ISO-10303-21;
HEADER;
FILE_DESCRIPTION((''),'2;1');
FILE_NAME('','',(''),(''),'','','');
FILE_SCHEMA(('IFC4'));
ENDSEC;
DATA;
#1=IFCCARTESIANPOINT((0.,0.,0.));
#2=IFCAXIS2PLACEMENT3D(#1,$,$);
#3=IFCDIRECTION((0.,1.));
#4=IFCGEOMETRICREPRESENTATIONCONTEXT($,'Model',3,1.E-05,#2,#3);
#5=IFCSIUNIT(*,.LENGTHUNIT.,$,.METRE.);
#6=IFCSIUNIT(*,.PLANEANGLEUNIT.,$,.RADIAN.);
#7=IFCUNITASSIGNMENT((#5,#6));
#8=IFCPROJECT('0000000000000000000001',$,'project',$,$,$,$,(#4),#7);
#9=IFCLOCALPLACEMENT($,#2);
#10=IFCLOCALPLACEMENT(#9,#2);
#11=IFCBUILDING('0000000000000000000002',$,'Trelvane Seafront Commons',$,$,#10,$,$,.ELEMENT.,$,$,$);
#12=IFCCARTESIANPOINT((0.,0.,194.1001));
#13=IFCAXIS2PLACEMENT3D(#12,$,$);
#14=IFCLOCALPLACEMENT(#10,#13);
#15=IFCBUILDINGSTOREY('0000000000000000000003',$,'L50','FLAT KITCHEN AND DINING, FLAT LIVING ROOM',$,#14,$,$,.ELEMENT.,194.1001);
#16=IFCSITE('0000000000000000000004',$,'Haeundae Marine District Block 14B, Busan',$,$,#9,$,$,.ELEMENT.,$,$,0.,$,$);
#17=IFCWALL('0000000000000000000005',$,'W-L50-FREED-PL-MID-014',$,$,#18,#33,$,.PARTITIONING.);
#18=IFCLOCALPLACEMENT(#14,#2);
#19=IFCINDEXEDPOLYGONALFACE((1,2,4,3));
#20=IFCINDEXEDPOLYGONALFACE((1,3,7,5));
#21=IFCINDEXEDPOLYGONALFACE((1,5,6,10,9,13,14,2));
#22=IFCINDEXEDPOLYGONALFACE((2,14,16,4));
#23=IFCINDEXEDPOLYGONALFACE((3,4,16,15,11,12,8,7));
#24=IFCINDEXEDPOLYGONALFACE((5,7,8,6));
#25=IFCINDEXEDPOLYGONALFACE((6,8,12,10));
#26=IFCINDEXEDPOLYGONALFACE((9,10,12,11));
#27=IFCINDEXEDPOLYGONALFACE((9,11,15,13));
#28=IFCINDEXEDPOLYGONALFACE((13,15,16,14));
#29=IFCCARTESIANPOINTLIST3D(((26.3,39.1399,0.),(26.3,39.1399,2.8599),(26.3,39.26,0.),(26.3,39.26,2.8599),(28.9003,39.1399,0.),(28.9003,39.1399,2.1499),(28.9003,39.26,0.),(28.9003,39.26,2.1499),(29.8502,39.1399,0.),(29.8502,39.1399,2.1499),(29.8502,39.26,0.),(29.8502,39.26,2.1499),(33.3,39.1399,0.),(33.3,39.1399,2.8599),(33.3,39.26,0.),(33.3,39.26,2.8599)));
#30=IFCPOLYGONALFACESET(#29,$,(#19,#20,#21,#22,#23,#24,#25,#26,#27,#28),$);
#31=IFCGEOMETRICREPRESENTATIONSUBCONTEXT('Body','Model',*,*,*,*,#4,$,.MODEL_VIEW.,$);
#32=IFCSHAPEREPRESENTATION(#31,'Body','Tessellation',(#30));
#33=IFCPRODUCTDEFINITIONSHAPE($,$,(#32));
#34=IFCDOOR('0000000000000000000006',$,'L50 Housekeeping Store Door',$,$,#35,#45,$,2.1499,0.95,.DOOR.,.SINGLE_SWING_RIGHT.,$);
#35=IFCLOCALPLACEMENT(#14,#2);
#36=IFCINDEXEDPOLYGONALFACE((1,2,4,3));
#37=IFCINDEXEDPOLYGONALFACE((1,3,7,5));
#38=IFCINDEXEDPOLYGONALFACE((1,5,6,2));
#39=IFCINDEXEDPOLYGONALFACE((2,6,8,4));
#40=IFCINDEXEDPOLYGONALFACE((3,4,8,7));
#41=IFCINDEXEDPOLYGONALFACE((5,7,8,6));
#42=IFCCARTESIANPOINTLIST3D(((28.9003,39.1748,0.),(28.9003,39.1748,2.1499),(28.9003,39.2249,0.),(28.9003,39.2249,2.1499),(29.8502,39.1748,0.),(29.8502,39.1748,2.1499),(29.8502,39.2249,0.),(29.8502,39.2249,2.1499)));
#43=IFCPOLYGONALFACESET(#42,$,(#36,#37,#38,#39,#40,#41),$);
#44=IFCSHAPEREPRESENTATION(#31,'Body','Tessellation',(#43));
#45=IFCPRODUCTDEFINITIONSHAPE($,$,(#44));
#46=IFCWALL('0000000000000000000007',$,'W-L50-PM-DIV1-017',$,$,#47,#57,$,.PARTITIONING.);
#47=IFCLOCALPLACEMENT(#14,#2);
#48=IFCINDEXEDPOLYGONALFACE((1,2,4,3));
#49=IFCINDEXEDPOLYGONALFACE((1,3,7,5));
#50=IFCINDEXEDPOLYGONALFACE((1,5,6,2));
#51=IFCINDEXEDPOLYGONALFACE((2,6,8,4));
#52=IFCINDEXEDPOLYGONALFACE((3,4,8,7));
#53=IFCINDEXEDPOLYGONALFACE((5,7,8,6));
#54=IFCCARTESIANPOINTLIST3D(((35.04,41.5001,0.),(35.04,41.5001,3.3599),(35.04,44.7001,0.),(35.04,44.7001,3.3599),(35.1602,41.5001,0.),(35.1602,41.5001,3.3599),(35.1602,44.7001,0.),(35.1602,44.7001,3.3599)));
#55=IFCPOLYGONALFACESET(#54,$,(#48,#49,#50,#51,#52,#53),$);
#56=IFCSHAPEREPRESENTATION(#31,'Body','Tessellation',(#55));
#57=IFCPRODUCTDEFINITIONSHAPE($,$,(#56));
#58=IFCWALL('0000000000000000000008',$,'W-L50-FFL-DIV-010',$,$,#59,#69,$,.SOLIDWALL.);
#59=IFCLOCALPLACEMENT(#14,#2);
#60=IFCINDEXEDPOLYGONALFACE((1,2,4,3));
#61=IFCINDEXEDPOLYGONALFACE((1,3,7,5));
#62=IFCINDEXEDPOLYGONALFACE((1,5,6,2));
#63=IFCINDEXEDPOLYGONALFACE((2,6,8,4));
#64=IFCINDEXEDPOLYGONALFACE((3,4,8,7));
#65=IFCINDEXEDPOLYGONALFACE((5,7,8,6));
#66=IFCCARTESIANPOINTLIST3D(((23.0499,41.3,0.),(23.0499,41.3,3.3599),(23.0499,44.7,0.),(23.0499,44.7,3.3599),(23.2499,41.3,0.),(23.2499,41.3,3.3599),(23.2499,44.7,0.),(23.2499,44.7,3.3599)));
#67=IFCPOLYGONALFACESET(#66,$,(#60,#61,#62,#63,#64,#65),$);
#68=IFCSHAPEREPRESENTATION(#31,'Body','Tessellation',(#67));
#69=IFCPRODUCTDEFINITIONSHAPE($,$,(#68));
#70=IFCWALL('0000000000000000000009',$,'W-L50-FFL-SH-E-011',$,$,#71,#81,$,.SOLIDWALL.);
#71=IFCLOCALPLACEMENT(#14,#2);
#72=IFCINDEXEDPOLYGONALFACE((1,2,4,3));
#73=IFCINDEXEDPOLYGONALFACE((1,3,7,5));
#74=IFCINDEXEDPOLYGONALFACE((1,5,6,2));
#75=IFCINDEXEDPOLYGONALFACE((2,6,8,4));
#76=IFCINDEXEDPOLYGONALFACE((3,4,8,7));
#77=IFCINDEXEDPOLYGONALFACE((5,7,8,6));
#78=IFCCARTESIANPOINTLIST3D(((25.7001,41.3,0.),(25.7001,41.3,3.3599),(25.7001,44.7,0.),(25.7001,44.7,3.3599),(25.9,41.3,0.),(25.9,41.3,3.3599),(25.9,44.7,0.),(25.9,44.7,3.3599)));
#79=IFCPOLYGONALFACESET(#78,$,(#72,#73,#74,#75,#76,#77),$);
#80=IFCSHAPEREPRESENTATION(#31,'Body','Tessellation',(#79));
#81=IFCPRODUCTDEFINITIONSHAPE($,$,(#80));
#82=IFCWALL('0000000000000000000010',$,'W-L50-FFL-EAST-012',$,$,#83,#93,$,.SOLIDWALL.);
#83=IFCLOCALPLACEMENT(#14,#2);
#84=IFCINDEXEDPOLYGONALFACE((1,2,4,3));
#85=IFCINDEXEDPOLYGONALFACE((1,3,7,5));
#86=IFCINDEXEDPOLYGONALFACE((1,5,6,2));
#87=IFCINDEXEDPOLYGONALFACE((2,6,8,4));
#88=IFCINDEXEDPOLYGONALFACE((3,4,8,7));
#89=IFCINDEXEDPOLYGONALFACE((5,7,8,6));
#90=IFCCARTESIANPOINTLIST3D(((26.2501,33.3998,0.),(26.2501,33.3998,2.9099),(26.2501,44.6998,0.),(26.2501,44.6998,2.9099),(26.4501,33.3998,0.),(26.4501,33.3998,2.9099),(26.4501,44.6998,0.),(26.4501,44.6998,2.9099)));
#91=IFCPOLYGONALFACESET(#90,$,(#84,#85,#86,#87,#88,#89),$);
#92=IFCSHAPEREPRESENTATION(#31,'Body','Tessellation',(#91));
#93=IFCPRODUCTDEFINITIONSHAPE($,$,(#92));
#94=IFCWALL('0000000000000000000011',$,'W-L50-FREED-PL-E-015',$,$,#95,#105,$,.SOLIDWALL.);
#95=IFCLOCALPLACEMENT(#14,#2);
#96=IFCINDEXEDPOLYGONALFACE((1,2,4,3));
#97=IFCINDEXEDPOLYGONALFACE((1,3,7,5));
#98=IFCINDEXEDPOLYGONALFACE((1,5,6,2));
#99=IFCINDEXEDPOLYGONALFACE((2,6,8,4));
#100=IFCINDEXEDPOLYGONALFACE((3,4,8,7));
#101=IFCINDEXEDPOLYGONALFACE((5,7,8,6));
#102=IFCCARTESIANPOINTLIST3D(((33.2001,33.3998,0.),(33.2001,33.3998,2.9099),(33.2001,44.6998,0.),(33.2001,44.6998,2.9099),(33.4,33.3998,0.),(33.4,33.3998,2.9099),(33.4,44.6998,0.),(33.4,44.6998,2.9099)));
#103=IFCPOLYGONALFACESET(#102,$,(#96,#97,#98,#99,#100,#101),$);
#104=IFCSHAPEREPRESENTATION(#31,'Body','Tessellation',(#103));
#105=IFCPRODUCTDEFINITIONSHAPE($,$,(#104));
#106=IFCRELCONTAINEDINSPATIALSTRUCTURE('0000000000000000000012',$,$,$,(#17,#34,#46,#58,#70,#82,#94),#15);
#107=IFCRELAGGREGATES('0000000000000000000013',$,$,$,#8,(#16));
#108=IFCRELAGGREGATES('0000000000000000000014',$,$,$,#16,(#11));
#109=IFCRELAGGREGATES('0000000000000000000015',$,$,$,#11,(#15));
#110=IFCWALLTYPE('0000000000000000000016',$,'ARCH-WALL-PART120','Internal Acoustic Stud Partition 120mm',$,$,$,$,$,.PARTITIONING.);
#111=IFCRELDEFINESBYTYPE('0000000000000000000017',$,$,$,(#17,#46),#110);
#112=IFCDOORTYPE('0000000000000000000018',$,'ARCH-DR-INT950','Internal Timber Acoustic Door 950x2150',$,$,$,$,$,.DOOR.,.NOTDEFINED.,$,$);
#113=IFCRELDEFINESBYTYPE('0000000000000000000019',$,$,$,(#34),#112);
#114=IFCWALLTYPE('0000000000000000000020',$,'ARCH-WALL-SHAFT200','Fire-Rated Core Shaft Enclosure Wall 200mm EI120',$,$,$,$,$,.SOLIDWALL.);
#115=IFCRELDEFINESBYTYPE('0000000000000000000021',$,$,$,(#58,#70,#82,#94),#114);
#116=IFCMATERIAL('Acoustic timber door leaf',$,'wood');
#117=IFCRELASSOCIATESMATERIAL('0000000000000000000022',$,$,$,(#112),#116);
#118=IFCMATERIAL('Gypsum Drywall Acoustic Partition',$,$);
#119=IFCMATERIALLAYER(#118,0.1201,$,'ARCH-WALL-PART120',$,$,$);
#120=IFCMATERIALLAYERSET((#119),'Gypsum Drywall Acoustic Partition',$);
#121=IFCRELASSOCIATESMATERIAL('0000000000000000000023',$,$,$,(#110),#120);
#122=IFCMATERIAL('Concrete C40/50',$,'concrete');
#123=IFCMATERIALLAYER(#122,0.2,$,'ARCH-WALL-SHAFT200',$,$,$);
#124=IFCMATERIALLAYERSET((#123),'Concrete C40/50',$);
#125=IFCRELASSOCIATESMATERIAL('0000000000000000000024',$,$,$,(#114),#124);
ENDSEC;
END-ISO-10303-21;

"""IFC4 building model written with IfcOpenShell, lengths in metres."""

from ifc_helpers import new_model, si_unit, direction, frame, frame_2d, origin, place, context, subcontext, project, spatial, rectangle, extrude, source, transform, mapped, material, layer, layer_set, type_object, element, fill, save


model = new_model("IFC4")

# Units and contexts
model_context = context("Model", 3, precision=1e-05, world=origin(), true_north=direction((0.0, 1.0)))
body_context = subcontext(model_context, "Body", "Model", "MODEL_VIEW")
ifc_project = project(units=[si_unit("LENGTHUNIT", "METRE"), si_unit("PLANEANGLEUNIT", "RADIAN")], contexts=[model_context])

# Site, building, storey
site_placement = place(None, origin())
site = spatial("IfcSite", under=ifc_project, at=site_placement, Name="Haeundae Marine District Block 14B, Busan", CompositionType="ELEMENT", RefElevation=0.0)
building_placement = place(site_placement, origin())
building = spatial("IfcBuilding", under=site, at=building_placement, Name="Trelvane Seafront Commons", CompositionType="ELEMENT")
storey_placement = place(building_placement, frame((0.0, 0.0, 194.1001)))
storey = spatial("IfcBuildingStorey", under=building, at=storey_placement, Name="L50", Description="FLAT KITCHEN AND DINING, FLAT LIVING ROOM", CompositionType="ELEMENT", Elevation=194.1001)

# Wall, opening, door
ifc_material_1 = material(Name="Concrete C40/50", Category="concrete")
ifc_material_2 = material(Name="Acoustic timber door leaf", Category="wood")
door_type_1 = type_object("IfcDoorType", Name="ARCH-DR-INT950", Description="Internal Timber Acoustic Door 950x2150", OperationType="NOTDEFINED", PredefinedType="DOOR", material=ifc_material_2)
shared_shape_1 = source(origin(), body_context, "Body", "SweptSolid", [
    extrude(rectangle(XDim=0.95, YDim=2.1499, at=frame_2d((0.4751, 1.075))), frame((0.0, 0.0249, 0.0), z_axis=(0.0, -1.0, 0.0), x_axis=(1.0, 0.0, 0.0)), (0.0, 0.0, 1.0), 0.05),
])
ifc_material_3 = material(Name="Gypsum Drywall Acoustic Partition")
ifc_layer_1 = layer(ifc_material_3, 0.1201, Name="ARCH-WALL-PART120")
ifc_layer_set_1 = layer_set([ifc_layer_1], Name="Gypsum Drywall Acoustic Partition")
wall_type_1 = type_object("IfcWallType", Name="ARCH-WALL-PART120", Description="Internal Acoustic Stud Partition 120mm", PredefinedType="PARTITIONING", material=ifc_layer_set_1)
wall_1_placement = place(storey_placement, frame((26.3, 39.2, 0.0), z_axis=(0.0, 0.0, 1.0), x_axis=(1.0, 0.0, 0.0)))
wall_1 = element("IfcWall", 1, at=wall_1_placement, inside=storey, type_object=wall_type_1, Name="W-L50-FREED-PL-MID-014", PredefinedType="PARTITIONING", context=body_context, shape_type="SweptSolid", body=[
    extrude(rectangle(XDim=7.0, YDim=0.1201, at=frame_2d((3.5, 0.0))), origin(), (0.0, 0.0, 1.0), 2.8599),
])
opening_1_placement = place(wall_1_placement, frame((2.6001, 0.0, 0.0)))
opening_1 = element("IfcOpeningElement", 2, at=opening_1_placement, cuts=wall_1, PredefinedType="OPENING", context=body_context, shape_type="SweptSolid", body=[
    extrude(rectangle(XDim=0.95, YDim=2.1499, at=frame_2d((0.4751, 1.075))), frame((0.0, 0.0701, 0.0), z_axis=(0.0, -1.0, 0.0), x_axis=(1.0, 0.0, 0.0)), (0.0, 0.0, 1.0), 0.1401),
])
door_1_placement = place(opening_1_placement, origin())
door_1 = element("IfcDoor", 3, at=door_1_placement, inside=storey, type_object=door_type_1, Name="L50 Housekeeping Store Door", OperationType="SINGLE_SWING_RIGHT", OverallHeight=2.1499, OverallWidth=0.95, PredefinedType="DOOR", context=body_context, shape_type="MappedRepresentation", body=[
    mapped(shared_shape_1, transform((0.0, 0.0, 0.0), x_axis=(1.0, 0.0, 0.0), y_axis=(0.0, 1.0, 0.0), z_axis=(0.0, 0.0, 1.0), scale=1.0)),
])
fill(opening_1, door_1)

# Walls
wall_2_placement = place(storey_placement, frame((35.1001, 41.5, 0.0), z_axis=(0.0, 0.0, 1.0), x_axis=(0.0, 1.0, 0.0)))
element("IfcWall", 4, at=wall_2_placement, inside=storey, type_object=wall_type_1, Name="W-L50-PM-DIV1-017", PredefinedType="PARTITIONING", context=body_context, shape_type="SweptSolid", body=[
    extrude(rectangle(XDim=3.2, YDim=0.1201, at=frame_2d((1.6001, 0.0))), origin(), (0.0, 0.0, 1.0), 3.3599),
])
ifc_layer_2 = layer(ifc_material_1, 0.2, Name="ARCH-WALL-SHAFT200")
ifc_layer_set_2 = layer_set([ifc_layer_2], Name="Concrete C40/50")
wall_type_2 = type_object("IfcWallType", Name="ARCH-WALL-SHAFT200", Description="Fire-Rated Core Shaft Enclosure Wall 200mm EI120", PredefinedType="SOLIDWALL", material=ifc_layer_set_2)
for number, where, z_axis, x_axis, name in (
    (5, (23.1499, 41.3, 0.0), (0.0, 0.0, 1.0), (0.0, 1.0, 0.0), "W-L50-FFL-DIV-010"),
    (6, (25.8, 41.3, 0.0), (0.0, 0.0, 1.0), (0.0, 1.0, 0.0), "W-L50-FFL-SH-E-011"),
):
    element("IfcWall", number, at=place(storey_placement, frame(where, z_axis=z_axis, x_axis=x_axis)), inside=storey, type_object=wall_type_2, Name=name, PredefinedType="SOLIDWALL", context=body_context, shape_type="SweptSolid", body=[
        extrude(rectangle(XDim=3.3999, YDim=0.2, at=frame_2d((1.7, 0.0))), origin(), (0.0, 0.0, 1.0), 3.3599),
    ])
for number, where, z_axis, x_axis, name in (
    (7, (26.3501, 33.3999, 0.0), (0.0, 0.0, 1.0), (0.0, 1.0, 0.0), "W-L50-FFL-EAST-012"),
    (8, (33.3, 33.3999, 0.0), (0.0, 0.0, 1.0), (0.0, 1.0, 0.0), "W-L50-FREED-PL-E-015"),
):
    element("IfcWall", number, at=place(storey_placement, frame(where, z_axis=z_axis, x_axis=x_axis)), inside=storey, type_object=wall_type_2, Name=name, PredefinedType="SOLIDWALL", context=body_context, shape_type="SweptSolid", body=[
        extrude(rectangle(XDim=11.3, YDim=0.2, at=frame_2d((5.6499, 0.0))), origin(), (0.0, 0.0, 1.0), 2.9099),
    ])

save(model, "model.ifc")
